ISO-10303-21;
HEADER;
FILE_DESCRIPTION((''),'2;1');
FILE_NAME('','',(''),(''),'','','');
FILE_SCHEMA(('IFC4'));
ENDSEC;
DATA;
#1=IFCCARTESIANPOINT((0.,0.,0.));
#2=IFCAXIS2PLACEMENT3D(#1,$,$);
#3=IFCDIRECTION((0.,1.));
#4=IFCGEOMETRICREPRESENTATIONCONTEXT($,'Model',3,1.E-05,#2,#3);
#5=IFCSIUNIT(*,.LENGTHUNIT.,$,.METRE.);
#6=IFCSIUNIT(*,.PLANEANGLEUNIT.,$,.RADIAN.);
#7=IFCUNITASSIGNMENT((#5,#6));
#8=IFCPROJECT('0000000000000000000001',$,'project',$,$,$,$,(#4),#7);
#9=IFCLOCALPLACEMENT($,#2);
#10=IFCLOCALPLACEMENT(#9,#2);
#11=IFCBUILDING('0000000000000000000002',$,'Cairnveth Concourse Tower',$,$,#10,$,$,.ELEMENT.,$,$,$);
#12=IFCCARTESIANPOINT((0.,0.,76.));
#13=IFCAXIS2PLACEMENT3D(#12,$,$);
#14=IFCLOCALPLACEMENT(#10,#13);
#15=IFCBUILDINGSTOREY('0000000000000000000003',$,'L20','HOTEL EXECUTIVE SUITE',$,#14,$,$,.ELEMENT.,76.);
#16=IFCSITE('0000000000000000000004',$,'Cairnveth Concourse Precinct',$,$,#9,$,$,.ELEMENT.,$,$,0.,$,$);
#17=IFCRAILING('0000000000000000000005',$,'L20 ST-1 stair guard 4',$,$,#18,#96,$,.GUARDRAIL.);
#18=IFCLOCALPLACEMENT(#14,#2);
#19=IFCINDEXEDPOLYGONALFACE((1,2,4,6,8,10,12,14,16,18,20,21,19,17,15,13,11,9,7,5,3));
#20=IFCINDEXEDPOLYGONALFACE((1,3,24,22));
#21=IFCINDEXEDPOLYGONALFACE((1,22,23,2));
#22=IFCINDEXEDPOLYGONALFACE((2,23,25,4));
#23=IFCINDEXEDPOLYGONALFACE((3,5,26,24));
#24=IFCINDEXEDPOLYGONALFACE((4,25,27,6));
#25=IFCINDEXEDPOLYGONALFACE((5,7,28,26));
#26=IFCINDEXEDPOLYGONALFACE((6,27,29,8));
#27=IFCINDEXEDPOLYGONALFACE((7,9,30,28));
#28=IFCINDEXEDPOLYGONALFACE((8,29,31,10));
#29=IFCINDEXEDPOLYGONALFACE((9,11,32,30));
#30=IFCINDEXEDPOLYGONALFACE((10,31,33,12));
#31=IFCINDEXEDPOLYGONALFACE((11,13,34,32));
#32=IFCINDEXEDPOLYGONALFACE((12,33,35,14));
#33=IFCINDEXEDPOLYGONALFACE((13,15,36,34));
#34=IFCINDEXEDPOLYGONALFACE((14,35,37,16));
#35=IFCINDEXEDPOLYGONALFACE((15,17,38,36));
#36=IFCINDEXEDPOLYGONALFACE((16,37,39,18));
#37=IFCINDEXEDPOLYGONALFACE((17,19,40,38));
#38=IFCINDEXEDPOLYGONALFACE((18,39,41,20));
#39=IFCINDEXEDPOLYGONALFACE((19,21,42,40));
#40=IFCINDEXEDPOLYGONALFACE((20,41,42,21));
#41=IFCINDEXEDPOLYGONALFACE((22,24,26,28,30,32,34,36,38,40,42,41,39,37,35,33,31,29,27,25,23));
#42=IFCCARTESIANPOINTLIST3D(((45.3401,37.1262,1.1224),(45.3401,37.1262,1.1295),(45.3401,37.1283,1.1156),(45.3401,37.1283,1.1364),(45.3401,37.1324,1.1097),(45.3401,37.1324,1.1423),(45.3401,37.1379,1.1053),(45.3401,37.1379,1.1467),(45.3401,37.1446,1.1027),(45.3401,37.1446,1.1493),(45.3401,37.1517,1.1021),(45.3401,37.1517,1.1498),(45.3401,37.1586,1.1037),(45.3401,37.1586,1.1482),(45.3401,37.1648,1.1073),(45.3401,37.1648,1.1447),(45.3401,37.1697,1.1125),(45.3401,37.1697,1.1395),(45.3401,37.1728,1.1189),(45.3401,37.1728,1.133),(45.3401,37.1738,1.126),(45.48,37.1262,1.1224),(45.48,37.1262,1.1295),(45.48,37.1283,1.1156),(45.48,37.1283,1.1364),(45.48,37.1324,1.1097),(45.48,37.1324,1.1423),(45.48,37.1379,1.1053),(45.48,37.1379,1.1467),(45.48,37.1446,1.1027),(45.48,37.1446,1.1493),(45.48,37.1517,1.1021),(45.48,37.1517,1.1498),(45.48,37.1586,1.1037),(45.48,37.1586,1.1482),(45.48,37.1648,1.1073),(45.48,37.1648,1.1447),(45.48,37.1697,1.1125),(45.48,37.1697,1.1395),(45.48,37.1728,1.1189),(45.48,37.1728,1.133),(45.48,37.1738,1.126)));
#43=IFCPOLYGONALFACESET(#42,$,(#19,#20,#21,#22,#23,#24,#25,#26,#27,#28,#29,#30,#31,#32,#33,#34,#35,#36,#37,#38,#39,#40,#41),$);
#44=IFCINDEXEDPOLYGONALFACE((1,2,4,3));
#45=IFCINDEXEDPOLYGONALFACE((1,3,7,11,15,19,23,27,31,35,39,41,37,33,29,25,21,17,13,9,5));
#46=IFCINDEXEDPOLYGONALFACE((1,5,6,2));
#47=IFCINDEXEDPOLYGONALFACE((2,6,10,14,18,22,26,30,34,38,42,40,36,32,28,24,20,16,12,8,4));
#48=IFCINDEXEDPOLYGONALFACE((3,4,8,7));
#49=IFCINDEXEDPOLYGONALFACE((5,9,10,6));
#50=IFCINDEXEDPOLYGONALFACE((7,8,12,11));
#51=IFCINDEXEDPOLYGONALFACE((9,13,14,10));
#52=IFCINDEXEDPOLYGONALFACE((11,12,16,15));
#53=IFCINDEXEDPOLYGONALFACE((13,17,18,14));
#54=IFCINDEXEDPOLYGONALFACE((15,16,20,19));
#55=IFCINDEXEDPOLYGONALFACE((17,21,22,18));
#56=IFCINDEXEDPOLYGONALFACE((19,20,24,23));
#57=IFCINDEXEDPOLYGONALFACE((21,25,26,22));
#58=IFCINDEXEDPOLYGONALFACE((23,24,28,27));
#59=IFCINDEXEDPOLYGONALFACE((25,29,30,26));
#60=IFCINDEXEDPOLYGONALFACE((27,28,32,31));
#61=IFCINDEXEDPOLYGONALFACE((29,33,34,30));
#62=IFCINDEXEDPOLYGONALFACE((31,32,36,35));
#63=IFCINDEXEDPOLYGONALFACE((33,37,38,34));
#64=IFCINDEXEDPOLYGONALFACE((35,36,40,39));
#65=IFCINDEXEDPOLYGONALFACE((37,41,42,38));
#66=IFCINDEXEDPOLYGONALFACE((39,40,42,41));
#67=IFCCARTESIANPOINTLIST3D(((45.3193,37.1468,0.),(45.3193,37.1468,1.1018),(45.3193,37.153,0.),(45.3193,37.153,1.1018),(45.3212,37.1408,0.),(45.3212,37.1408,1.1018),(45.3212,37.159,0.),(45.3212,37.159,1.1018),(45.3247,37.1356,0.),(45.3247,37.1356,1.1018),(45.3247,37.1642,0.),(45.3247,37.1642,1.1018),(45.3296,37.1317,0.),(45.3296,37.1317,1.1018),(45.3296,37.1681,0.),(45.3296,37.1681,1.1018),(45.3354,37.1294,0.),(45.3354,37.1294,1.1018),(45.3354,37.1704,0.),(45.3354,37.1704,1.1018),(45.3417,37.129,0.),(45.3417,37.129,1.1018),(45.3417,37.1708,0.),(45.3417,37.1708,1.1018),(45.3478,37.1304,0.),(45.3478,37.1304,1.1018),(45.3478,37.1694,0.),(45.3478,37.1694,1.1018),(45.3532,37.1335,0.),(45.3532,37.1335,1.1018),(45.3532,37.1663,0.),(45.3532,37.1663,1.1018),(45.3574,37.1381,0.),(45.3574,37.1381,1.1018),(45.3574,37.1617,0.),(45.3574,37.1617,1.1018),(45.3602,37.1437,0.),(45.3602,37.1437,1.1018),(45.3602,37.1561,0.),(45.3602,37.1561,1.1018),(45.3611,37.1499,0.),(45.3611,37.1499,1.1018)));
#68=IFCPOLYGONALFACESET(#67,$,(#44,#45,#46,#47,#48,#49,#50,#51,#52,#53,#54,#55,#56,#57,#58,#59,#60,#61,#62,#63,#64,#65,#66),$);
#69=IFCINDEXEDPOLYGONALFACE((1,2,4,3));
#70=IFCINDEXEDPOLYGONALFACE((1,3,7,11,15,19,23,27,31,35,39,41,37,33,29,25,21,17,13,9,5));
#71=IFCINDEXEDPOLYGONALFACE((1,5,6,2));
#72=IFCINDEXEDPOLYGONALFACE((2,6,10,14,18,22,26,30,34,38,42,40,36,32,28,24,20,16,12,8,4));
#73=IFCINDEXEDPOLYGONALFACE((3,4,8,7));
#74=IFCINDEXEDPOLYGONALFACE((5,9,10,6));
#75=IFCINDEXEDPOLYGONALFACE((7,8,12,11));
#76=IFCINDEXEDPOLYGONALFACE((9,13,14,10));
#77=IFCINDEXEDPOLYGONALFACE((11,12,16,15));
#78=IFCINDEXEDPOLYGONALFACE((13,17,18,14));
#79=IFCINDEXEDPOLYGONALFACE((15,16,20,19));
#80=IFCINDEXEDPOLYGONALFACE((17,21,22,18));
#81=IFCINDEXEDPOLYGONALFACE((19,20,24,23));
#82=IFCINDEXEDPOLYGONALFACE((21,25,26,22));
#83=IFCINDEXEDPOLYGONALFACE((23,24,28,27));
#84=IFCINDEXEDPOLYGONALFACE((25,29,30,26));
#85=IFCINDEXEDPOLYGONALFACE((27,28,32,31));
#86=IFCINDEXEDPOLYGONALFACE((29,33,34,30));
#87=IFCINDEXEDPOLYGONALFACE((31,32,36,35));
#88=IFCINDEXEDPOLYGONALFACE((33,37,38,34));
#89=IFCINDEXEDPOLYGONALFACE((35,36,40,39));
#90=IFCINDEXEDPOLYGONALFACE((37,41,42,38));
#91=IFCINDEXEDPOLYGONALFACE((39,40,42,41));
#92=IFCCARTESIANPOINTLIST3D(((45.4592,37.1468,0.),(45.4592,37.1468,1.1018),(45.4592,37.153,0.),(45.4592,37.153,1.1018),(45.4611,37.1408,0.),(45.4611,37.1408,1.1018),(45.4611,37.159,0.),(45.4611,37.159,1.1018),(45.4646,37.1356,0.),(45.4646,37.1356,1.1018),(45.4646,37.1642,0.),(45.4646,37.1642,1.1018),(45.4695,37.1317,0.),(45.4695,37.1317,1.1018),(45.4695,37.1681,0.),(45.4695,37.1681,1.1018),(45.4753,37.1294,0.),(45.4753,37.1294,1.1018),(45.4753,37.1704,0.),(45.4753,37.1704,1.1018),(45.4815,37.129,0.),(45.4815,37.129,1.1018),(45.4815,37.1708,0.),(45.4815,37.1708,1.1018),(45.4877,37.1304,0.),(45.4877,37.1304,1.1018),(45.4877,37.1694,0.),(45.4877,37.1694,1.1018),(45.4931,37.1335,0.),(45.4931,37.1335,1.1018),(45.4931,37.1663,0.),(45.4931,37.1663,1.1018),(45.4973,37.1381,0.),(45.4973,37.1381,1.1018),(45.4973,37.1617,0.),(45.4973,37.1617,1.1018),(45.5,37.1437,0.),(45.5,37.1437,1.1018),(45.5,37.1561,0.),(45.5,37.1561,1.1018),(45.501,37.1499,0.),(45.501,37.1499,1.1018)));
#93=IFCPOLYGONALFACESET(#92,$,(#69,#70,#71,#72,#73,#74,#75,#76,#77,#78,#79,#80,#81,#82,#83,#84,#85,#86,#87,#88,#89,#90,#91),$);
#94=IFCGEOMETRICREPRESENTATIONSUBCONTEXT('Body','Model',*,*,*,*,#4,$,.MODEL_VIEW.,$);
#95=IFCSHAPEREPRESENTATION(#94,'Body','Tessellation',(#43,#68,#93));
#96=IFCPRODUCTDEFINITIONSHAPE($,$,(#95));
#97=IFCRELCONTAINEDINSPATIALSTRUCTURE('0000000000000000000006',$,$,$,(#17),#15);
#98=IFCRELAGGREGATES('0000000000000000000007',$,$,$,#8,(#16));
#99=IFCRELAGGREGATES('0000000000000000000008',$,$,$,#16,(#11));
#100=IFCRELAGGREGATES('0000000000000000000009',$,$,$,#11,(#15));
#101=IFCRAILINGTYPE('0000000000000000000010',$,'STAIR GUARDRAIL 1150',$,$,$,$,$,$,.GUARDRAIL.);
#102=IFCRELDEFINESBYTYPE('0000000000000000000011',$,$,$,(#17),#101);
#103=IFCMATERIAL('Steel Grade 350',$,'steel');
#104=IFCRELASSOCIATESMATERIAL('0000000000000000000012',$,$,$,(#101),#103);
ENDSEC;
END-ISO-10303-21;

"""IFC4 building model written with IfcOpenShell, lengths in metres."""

from ifc_helpers import new_model, si_unit, direction, frame, origin, origin_2d, place, context, subcontext, project, spatial, circle, extrude, material, type_object, element, save


model = new_model("IFC4")

# Units and contexts
model_context = context("Model", 3, precision=1e-05, world=origin(), true_north=direction((0.0, 1.0)))
body_context = subcontext(model_context, "Body", "Model", "MODEL_VIEW")
ifc_project = project(units=[si_unit("LENGTHUNIT", "METRE"), si_unit("PLANEANGLEUNIT", "RADIAN")], contexts=[model_context])

# Site, building, storey
site_placement = place(None, origin())
site = spatial("IfcSite", under=ifc_project, at=site_placement, Name="Cairnveth Concourse Precinct", CompositionType="ELEMENT", RefElevation=0.0)
building_placement = place(site_placement, origin())
building = spatial("IfcBuilding", under=site, at=building_placement, Name="Cairnveth Concourse Tower", CompositionType="ELEMENT")
storey_placement = place(building_placement, frame((0.0, 0.0, 76.0)))
storey = spatial("IfcBuildingStorey", under=building, at=storey_placement, Name="L20", Description="HOTEL EXECUTIVE SUITE", CompositionType="ELEMENT", Elevation=76.0)

# Shared definitions
ifc_material_1 = material(Name="Steel Grade 350", Category="steel")

# Railing
railing_type_1 = type_object("IfcRailingType", Name="STAIR GUARDRAIL 1150", PredefinedType="GUARDRAIL", material=ifc_material_1)
railing_1_placement = place(storey_placement, frame((45.3401, 37.1499, 0.0)))
element("IfcRailing", 1, at=railing_1_placement, inside=storey, type_object=railing_type_1, Name="L20 ST-1 stair guard 4", PredefinedType="GUARDRAIL", context=body_context, shape_type="SweptSolid", body=[
    extrude(circle(Radius=0.0239, at=origin_2d()), frame((0.0, 0.0, 1.126), z_axis=(1.0, 0.0, 0.0), x_axis=(0.0, 1.0, 0.0)), (0.0, 0.0, 1.0), 0.1399),
    extrude(circle(Radius=0.021, at=origin_2d()), origin(), (0.0, 0.0, 1.0), 1.1018),
    extrude(circle(Radius=0.021, at=origin_2d()), frame((0.1399, 0.0, 0.0)), (0.0, 0.0, 1.0), 1.1018),
])

save(model, "model.ifc")
